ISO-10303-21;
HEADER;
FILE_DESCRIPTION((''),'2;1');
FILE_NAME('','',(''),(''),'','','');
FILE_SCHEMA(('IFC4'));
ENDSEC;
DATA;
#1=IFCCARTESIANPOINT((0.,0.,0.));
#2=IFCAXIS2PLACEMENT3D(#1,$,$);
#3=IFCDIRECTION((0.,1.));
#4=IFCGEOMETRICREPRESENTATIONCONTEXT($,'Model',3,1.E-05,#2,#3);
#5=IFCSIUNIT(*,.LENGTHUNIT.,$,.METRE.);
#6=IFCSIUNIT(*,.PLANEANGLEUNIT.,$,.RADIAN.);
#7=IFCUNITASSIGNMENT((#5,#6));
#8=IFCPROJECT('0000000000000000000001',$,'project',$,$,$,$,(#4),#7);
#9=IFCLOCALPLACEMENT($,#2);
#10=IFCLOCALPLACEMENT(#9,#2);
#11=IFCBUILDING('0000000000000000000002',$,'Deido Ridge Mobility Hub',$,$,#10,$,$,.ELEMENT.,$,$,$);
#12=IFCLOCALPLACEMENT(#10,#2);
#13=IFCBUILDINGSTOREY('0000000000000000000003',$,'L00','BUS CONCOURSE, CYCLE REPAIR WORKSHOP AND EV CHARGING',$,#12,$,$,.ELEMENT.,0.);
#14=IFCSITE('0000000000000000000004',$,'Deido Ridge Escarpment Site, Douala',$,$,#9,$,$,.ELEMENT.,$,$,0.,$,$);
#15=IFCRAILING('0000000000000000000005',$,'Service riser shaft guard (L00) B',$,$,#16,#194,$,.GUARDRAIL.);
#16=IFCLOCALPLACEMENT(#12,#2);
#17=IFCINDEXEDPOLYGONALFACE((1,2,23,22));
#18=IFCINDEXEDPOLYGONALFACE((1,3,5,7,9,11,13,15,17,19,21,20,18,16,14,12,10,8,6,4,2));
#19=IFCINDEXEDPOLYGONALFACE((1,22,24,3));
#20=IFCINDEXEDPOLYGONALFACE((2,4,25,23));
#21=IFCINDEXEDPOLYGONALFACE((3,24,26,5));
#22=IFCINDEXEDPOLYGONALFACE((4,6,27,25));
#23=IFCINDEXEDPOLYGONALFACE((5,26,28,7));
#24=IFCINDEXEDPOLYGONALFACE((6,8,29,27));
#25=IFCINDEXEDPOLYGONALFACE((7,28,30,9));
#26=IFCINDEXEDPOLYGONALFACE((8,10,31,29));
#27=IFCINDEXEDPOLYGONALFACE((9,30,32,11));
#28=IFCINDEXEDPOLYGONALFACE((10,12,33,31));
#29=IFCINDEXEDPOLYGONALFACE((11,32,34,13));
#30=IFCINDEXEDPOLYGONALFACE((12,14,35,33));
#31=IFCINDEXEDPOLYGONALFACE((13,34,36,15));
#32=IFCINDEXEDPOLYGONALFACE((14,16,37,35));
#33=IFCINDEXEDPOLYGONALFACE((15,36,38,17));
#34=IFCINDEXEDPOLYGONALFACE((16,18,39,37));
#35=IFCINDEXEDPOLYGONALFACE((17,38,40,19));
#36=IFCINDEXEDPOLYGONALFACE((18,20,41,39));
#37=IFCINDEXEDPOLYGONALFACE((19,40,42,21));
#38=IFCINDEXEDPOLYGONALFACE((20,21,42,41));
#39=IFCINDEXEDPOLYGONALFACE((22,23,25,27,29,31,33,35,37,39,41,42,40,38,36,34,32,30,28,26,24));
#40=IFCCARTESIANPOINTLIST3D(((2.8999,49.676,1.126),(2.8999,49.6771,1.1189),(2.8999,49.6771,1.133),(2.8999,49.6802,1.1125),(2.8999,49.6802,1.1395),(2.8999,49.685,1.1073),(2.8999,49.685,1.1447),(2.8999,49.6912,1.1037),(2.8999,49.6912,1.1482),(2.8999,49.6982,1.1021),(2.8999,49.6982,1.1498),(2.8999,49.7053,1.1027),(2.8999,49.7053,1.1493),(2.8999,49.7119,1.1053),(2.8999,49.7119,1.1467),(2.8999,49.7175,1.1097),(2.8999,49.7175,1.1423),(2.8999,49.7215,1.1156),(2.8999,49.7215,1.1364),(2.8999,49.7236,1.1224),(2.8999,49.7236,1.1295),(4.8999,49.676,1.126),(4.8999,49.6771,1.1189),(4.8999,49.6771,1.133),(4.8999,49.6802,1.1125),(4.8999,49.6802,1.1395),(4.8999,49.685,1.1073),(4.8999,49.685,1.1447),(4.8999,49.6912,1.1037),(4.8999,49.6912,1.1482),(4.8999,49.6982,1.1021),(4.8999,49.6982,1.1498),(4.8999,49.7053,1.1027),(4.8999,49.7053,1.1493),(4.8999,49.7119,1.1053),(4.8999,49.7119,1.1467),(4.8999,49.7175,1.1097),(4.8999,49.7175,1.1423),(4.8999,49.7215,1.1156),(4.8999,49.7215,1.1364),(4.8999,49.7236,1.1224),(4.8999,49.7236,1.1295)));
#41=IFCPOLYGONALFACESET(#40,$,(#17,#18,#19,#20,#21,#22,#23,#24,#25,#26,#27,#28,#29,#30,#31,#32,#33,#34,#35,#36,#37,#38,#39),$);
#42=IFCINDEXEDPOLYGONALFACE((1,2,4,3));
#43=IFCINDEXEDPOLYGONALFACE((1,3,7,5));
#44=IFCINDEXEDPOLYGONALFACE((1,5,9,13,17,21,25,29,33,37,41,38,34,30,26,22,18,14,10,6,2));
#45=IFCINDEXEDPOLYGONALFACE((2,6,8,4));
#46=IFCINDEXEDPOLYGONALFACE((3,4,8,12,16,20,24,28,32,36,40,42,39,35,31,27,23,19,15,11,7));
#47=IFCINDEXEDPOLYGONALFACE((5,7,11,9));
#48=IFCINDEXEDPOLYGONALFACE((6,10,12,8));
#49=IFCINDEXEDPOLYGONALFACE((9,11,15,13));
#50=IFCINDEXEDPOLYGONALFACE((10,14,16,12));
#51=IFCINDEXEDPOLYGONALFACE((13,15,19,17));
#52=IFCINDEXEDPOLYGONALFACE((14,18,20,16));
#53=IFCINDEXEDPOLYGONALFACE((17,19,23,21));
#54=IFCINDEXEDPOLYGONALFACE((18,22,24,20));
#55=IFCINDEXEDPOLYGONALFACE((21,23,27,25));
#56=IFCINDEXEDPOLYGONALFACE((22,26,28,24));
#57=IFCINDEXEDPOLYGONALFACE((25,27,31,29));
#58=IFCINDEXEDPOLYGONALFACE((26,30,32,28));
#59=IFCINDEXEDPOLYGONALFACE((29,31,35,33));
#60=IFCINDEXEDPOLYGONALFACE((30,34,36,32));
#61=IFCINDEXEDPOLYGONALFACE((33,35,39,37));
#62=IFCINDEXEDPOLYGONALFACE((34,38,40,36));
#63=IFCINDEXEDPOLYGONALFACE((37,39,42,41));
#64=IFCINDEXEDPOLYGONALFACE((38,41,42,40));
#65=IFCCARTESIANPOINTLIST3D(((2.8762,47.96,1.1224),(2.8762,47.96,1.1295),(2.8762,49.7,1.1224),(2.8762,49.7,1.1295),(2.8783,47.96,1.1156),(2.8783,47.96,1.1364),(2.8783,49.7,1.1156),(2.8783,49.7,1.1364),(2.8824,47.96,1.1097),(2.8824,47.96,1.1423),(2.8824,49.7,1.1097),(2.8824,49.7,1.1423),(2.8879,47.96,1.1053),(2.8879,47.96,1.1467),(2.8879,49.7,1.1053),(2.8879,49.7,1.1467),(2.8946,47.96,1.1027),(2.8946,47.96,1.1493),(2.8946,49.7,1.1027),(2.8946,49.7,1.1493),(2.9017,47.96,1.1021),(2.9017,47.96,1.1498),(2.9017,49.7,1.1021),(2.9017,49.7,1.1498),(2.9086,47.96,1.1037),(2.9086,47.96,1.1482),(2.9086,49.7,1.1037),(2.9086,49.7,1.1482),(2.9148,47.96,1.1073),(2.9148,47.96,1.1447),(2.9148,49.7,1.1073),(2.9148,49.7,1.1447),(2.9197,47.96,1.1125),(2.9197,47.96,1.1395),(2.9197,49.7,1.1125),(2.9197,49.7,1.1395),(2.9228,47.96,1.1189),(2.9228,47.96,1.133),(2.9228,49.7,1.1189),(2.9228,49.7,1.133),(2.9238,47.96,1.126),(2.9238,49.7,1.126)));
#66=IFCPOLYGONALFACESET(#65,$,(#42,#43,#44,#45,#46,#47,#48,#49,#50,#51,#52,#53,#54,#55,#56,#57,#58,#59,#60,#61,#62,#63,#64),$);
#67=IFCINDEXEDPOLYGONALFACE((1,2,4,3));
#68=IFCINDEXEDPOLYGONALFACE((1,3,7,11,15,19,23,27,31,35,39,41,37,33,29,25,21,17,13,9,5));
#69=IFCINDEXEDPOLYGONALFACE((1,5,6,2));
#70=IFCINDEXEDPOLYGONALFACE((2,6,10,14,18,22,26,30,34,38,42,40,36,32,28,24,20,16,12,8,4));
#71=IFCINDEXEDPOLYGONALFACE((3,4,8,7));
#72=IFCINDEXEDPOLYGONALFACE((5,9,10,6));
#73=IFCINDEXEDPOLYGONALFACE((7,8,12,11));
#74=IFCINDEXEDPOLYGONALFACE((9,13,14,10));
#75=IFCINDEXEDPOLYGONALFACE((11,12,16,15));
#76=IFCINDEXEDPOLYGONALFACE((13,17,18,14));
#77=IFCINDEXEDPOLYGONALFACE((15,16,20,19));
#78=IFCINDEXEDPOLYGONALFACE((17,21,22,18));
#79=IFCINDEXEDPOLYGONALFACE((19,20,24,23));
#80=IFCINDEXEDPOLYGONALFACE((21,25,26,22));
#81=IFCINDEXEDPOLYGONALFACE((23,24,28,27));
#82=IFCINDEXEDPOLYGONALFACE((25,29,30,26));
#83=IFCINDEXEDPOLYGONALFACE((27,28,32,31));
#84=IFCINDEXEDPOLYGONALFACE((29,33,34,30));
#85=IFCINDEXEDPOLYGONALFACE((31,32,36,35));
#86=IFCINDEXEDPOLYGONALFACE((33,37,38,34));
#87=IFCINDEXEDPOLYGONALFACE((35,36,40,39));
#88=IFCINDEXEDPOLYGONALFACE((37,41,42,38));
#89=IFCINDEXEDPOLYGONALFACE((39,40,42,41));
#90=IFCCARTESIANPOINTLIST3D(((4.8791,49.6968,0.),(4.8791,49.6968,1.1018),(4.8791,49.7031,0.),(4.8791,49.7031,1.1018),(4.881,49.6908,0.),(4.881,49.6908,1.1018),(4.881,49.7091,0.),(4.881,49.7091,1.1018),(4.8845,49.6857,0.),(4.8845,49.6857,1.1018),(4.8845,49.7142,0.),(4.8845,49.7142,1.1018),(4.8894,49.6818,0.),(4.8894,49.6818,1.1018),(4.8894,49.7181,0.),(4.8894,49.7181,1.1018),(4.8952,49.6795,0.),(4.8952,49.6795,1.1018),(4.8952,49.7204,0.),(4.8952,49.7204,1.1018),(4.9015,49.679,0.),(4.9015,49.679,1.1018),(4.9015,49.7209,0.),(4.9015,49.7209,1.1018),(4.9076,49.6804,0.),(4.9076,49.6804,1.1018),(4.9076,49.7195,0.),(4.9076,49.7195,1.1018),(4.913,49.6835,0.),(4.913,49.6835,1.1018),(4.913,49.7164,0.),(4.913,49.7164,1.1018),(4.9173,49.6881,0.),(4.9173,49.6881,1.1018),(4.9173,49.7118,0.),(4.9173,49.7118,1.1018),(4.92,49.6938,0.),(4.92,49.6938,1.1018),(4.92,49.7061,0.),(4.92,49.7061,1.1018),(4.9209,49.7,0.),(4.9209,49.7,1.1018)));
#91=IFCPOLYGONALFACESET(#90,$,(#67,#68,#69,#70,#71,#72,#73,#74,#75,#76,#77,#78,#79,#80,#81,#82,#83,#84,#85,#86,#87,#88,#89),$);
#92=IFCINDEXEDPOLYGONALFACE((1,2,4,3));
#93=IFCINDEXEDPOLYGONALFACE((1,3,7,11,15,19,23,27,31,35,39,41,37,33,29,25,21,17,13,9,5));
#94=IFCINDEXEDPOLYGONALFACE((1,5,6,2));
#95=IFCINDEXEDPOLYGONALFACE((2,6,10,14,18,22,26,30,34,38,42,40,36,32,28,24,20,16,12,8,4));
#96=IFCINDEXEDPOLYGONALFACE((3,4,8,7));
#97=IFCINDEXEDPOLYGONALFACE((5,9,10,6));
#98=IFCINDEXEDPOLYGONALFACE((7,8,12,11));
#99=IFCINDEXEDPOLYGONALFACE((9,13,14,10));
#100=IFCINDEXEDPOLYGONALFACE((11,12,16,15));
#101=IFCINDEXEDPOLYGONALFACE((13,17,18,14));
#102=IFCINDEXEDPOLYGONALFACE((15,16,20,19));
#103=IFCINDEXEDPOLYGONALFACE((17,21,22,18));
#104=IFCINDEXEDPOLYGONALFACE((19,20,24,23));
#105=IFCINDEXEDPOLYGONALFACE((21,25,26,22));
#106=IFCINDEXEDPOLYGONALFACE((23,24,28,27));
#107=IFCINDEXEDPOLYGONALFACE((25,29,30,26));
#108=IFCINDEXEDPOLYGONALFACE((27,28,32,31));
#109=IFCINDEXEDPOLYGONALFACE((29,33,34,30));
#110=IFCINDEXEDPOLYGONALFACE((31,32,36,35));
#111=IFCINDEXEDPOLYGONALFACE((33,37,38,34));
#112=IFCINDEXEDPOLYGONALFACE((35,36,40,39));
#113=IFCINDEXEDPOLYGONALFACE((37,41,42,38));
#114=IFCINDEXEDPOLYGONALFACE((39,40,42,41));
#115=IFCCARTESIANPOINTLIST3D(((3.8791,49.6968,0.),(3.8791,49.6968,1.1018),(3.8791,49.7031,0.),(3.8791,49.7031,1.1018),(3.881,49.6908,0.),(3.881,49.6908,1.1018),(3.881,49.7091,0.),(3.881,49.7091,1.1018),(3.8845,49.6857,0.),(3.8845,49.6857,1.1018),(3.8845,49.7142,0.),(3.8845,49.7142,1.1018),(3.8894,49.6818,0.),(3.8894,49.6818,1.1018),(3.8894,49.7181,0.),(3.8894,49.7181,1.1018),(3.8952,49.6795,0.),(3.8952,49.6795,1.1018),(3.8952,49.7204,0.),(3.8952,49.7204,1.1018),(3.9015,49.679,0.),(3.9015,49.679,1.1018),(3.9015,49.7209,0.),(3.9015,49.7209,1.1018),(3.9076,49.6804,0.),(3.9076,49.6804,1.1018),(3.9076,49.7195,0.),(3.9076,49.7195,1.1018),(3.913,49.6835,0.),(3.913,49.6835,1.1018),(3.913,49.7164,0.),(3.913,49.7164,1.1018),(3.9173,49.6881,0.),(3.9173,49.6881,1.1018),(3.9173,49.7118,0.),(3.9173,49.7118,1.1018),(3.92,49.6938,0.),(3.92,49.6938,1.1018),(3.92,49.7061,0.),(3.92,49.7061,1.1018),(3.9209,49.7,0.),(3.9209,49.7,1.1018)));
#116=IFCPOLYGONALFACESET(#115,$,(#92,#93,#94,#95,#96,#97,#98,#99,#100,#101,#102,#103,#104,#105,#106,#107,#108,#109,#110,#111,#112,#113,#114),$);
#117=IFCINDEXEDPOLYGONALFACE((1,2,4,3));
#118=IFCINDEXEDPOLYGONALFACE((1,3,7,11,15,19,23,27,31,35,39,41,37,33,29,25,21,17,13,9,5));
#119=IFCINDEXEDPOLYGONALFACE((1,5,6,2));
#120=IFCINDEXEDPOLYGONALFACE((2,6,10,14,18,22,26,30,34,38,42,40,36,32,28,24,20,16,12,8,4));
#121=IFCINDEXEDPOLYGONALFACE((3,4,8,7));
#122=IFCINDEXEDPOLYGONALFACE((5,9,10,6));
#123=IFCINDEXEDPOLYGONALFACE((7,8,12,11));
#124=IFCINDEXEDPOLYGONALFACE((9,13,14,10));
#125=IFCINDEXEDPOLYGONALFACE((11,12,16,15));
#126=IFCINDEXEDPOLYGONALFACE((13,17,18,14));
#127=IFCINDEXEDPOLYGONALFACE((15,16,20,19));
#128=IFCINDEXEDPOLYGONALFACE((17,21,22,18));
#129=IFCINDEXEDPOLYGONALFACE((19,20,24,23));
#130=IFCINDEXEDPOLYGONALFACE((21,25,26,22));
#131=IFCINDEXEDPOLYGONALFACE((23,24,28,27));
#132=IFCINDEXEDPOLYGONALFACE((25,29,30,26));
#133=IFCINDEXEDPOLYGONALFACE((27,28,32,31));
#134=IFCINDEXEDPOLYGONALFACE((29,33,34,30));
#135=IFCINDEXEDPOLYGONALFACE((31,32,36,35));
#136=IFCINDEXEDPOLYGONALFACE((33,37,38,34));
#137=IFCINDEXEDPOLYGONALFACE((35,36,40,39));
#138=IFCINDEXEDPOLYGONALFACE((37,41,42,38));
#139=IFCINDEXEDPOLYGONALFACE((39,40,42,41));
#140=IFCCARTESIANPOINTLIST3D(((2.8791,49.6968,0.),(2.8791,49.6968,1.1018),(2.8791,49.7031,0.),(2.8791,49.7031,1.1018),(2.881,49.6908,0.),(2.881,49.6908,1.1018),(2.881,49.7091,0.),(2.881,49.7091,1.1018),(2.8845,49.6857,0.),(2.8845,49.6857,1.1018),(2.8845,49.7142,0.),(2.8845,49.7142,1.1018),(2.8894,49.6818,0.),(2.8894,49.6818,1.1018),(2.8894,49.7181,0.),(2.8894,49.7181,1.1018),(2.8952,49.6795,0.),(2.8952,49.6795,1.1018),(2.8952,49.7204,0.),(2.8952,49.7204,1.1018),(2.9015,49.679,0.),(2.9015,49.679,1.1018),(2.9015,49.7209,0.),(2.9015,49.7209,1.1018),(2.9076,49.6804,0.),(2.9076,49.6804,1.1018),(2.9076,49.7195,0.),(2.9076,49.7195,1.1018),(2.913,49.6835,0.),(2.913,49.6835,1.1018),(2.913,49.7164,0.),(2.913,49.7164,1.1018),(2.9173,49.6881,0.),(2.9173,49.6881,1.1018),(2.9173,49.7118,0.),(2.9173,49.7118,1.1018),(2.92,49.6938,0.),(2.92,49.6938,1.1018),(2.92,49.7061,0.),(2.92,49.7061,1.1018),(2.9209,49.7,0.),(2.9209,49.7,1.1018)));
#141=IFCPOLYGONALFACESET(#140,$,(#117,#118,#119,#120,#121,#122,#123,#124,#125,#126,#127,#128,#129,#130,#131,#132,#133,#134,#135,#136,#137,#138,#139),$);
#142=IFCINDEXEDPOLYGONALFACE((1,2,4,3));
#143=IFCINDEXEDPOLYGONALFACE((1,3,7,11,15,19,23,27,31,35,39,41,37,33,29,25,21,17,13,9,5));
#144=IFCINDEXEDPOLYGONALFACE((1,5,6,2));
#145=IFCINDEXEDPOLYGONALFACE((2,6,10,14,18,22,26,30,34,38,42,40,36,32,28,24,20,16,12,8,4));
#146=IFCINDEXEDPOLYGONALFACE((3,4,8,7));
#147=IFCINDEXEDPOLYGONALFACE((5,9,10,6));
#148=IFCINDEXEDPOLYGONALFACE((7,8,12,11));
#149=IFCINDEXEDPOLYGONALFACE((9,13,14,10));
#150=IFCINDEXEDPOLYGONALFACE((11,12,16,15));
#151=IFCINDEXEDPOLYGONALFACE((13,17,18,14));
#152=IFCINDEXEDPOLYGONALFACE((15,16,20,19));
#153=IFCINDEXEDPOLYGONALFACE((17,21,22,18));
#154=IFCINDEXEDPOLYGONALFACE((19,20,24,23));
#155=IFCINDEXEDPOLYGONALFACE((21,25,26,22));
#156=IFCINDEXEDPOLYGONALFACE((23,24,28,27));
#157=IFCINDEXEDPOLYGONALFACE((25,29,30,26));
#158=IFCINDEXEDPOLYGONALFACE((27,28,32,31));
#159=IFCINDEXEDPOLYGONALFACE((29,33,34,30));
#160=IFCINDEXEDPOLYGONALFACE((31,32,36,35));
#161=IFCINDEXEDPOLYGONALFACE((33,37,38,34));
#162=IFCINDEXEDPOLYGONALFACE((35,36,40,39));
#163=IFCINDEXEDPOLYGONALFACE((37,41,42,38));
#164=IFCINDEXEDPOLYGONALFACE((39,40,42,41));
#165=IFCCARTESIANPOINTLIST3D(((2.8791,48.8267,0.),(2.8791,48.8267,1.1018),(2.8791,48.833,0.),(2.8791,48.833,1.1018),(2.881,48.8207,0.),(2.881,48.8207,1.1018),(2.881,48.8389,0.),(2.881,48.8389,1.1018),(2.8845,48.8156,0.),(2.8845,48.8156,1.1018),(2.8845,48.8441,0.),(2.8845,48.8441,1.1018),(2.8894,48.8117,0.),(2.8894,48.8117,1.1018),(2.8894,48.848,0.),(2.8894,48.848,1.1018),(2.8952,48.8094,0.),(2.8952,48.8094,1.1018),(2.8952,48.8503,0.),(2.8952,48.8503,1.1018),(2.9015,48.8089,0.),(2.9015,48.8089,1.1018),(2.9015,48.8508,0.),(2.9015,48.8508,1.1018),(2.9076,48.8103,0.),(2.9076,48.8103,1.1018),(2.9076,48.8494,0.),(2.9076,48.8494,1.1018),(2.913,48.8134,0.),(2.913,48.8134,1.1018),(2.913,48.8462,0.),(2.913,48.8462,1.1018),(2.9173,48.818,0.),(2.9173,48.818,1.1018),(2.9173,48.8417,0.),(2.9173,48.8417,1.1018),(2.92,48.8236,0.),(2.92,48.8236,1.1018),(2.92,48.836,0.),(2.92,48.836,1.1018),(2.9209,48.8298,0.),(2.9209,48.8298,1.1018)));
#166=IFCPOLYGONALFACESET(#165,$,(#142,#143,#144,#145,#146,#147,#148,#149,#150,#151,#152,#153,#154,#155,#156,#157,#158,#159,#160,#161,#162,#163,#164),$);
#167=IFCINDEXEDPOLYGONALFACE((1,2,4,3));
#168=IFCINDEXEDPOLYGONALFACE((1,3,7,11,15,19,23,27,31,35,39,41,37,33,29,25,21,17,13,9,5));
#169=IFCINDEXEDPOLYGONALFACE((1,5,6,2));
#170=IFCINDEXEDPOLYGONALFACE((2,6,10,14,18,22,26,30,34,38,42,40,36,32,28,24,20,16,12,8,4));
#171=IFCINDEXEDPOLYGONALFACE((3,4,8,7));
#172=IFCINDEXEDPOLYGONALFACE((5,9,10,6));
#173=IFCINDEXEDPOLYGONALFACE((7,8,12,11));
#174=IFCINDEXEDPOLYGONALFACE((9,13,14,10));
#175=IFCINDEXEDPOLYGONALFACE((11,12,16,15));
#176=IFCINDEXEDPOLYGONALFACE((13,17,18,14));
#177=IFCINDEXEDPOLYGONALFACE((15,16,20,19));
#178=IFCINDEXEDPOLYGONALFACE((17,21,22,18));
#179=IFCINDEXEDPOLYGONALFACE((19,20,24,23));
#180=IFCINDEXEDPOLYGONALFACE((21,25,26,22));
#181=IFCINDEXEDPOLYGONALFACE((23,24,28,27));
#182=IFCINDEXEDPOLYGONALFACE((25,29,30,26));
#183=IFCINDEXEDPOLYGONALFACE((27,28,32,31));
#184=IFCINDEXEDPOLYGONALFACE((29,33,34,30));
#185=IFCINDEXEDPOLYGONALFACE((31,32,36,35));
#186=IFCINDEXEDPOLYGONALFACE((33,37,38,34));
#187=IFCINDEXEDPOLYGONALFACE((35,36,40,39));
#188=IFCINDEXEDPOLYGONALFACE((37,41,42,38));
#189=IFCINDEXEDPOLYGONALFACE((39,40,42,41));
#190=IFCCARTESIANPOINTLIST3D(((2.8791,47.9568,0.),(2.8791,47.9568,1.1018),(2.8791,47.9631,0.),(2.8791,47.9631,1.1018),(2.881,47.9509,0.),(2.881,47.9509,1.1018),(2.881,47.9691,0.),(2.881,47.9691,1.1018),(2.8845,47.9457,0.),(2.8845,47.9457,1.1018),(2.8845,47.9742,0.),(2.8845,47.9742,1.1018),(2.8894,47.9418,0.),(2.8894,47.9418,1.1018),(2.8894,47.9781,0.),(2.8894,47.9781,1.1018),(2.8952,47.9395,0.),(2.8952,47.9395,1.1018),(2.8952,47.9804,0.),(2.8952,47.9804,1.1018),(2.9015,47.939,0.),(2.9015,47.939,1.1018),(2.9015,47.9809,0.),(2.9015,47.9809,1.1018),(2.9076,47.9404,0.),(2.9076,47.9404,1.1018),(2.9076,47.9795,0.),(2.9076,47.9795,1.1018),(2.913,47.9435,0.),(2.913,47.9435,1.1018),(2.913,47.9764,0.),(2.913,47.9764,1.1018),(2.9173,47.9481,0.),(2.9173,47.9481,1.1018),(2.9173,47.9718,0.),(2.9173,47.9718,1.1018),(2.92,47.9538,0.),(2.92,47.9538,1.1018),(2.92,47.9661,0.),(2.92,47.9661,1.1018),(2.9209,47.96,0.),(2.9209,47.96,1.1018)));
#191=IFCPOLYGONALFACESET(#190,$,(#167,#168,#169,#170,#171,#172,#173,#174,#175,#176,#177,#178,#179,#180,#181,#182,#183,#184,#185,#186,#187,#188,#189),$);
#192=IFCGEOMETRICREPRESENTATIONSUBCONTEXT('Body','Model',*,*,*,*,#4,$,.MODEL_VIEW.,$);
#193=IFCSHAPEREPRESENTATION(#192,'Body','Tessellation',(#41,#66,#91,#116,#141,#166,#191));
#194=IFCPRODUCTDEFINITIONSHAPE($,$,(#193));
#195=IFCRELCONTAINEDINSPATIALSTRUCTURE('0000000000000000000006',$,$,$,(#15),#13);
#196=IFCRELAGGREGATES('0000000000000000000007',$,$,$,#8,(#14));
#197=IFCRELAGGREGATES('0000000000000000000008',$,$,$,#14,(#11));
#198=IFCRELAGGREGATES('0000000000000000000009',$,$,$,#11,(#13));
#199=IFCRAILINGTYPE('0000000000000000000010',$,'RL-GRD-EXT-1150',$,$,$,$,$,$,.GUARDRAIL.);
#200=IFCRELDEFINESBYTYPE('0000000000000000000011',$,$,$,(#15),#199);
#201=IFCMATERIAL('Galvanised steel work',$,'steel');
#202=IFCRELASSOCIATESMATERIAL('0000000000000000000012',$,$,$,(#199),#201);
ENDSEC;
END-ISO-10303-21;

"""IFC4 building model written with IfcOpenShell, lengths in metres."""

from ifc_helpers import new_model, si_unit, direction, frame, origin, origin_2d, place, context, subcontext, project, spatial, circle, extrude, material, type_object, element, save


model = new_model("IFC4")

# Units and contexts
model_context = context("Model", 3, precision=1e-05, world=origin(), true_north=direction((0.0, 1.0)))
body_context = subcontext(model_context, "Body", "Model", "MODEL_VIEW")
ifc_project = project(units=[si_unit("LENGTHUNIT", "METRE"), si_unit("PLANEANGLEUNIT", "RADIAN")], contexts=[model_context])

# Site, building, storey
site_placement = place(None, origin())
site = spatial("IfcSite", under=ifc_project, at=site_placement, Name="Deido Ridge Escarpment Site, Douala", CompositionType="ELEMENT", RefElevation=0.0)
building_placement = place(site_placement, origin())
building = spatial("IfcBuilding", under=site, at=building_placement, Name="Deido Ridge Mobility Hub", CompositionType="ELEMENT")
storey_placement = place(building_placement, origin())
storey = spatial("IfcBuildingStorey", under=building, at=storey_placement, Name="L00", Description="BUS CONCOURSE, CYCLE REPAIR WORKSHOP AND EV CHARGING", CompositionType="ELEMENT", Elevation=0.0)

# Railing
ifc_material_1 = material(Name="Galvanised steel work", Category="steel")
railing_type = type_object("IfcRailingType", Name="RL-GRD-EXT-1150", PredefinedType="GUARDRAIL", material=ifc_material_1)
railing_1_placement = place(storey_placement, frame((4.8999, 49.7, 0.0)))
element("IfcRailing", 1, at=railing_1_placement, inside=storey, type_object=railing_type, Name="Service riser shaft guard (L00) B", PredefinedType="GUARDRAIL", context=body_context, shape_type="SweptSolid", body=[
    extrude(circle(Radius=0.0239, at=origin_2d()), frame((0.0, 0.0, 1.126), z_axis=(-1.0, 0.0, 0.0), x_axis=(0.0, -1.0, 0.0)), (0.0, 0.0, 1.0), 2.0),
    extrude(circle(Radius=0.0239, at=origin_2d()), frame((-2.0, 0.0, 1.126), z_axis=(0.0, -1.0, 0.0), x_axis=(1.0, 0.0, 0.0)), (0.0, 0.0, 1.0), 1.74),
    extrude(circle(Radius=0.021, at=origin_2d()), origin(), (0.0, 0.0, 1.0), 1.1018),
    extrude(circle(Radius=0.021, at=origin_2d()), frame((-1.0, 0.0, 0.0)), (0.0, 0.0, 1.0), 1.1018),
    extrude(circle(Radius=0.021, at=origin_2d()), frame((-2.0, 0.0, 0.0)), (0.0, 0.0, 1.0), 1.1018),
    extrude(circle(Radius=0.021, at=origin_2d()), frame((-2.0, -0.8701, 0.0)), (0.0, 0.0, 1.0), 1.1018),
    extrude(circle(Radius=0.021, at=origin_2d()), frame((-2.0, -1.74, 0.0)), (0.0, 0.0, 1.0), 1.1018),
])

save(model, "model.ifc")
